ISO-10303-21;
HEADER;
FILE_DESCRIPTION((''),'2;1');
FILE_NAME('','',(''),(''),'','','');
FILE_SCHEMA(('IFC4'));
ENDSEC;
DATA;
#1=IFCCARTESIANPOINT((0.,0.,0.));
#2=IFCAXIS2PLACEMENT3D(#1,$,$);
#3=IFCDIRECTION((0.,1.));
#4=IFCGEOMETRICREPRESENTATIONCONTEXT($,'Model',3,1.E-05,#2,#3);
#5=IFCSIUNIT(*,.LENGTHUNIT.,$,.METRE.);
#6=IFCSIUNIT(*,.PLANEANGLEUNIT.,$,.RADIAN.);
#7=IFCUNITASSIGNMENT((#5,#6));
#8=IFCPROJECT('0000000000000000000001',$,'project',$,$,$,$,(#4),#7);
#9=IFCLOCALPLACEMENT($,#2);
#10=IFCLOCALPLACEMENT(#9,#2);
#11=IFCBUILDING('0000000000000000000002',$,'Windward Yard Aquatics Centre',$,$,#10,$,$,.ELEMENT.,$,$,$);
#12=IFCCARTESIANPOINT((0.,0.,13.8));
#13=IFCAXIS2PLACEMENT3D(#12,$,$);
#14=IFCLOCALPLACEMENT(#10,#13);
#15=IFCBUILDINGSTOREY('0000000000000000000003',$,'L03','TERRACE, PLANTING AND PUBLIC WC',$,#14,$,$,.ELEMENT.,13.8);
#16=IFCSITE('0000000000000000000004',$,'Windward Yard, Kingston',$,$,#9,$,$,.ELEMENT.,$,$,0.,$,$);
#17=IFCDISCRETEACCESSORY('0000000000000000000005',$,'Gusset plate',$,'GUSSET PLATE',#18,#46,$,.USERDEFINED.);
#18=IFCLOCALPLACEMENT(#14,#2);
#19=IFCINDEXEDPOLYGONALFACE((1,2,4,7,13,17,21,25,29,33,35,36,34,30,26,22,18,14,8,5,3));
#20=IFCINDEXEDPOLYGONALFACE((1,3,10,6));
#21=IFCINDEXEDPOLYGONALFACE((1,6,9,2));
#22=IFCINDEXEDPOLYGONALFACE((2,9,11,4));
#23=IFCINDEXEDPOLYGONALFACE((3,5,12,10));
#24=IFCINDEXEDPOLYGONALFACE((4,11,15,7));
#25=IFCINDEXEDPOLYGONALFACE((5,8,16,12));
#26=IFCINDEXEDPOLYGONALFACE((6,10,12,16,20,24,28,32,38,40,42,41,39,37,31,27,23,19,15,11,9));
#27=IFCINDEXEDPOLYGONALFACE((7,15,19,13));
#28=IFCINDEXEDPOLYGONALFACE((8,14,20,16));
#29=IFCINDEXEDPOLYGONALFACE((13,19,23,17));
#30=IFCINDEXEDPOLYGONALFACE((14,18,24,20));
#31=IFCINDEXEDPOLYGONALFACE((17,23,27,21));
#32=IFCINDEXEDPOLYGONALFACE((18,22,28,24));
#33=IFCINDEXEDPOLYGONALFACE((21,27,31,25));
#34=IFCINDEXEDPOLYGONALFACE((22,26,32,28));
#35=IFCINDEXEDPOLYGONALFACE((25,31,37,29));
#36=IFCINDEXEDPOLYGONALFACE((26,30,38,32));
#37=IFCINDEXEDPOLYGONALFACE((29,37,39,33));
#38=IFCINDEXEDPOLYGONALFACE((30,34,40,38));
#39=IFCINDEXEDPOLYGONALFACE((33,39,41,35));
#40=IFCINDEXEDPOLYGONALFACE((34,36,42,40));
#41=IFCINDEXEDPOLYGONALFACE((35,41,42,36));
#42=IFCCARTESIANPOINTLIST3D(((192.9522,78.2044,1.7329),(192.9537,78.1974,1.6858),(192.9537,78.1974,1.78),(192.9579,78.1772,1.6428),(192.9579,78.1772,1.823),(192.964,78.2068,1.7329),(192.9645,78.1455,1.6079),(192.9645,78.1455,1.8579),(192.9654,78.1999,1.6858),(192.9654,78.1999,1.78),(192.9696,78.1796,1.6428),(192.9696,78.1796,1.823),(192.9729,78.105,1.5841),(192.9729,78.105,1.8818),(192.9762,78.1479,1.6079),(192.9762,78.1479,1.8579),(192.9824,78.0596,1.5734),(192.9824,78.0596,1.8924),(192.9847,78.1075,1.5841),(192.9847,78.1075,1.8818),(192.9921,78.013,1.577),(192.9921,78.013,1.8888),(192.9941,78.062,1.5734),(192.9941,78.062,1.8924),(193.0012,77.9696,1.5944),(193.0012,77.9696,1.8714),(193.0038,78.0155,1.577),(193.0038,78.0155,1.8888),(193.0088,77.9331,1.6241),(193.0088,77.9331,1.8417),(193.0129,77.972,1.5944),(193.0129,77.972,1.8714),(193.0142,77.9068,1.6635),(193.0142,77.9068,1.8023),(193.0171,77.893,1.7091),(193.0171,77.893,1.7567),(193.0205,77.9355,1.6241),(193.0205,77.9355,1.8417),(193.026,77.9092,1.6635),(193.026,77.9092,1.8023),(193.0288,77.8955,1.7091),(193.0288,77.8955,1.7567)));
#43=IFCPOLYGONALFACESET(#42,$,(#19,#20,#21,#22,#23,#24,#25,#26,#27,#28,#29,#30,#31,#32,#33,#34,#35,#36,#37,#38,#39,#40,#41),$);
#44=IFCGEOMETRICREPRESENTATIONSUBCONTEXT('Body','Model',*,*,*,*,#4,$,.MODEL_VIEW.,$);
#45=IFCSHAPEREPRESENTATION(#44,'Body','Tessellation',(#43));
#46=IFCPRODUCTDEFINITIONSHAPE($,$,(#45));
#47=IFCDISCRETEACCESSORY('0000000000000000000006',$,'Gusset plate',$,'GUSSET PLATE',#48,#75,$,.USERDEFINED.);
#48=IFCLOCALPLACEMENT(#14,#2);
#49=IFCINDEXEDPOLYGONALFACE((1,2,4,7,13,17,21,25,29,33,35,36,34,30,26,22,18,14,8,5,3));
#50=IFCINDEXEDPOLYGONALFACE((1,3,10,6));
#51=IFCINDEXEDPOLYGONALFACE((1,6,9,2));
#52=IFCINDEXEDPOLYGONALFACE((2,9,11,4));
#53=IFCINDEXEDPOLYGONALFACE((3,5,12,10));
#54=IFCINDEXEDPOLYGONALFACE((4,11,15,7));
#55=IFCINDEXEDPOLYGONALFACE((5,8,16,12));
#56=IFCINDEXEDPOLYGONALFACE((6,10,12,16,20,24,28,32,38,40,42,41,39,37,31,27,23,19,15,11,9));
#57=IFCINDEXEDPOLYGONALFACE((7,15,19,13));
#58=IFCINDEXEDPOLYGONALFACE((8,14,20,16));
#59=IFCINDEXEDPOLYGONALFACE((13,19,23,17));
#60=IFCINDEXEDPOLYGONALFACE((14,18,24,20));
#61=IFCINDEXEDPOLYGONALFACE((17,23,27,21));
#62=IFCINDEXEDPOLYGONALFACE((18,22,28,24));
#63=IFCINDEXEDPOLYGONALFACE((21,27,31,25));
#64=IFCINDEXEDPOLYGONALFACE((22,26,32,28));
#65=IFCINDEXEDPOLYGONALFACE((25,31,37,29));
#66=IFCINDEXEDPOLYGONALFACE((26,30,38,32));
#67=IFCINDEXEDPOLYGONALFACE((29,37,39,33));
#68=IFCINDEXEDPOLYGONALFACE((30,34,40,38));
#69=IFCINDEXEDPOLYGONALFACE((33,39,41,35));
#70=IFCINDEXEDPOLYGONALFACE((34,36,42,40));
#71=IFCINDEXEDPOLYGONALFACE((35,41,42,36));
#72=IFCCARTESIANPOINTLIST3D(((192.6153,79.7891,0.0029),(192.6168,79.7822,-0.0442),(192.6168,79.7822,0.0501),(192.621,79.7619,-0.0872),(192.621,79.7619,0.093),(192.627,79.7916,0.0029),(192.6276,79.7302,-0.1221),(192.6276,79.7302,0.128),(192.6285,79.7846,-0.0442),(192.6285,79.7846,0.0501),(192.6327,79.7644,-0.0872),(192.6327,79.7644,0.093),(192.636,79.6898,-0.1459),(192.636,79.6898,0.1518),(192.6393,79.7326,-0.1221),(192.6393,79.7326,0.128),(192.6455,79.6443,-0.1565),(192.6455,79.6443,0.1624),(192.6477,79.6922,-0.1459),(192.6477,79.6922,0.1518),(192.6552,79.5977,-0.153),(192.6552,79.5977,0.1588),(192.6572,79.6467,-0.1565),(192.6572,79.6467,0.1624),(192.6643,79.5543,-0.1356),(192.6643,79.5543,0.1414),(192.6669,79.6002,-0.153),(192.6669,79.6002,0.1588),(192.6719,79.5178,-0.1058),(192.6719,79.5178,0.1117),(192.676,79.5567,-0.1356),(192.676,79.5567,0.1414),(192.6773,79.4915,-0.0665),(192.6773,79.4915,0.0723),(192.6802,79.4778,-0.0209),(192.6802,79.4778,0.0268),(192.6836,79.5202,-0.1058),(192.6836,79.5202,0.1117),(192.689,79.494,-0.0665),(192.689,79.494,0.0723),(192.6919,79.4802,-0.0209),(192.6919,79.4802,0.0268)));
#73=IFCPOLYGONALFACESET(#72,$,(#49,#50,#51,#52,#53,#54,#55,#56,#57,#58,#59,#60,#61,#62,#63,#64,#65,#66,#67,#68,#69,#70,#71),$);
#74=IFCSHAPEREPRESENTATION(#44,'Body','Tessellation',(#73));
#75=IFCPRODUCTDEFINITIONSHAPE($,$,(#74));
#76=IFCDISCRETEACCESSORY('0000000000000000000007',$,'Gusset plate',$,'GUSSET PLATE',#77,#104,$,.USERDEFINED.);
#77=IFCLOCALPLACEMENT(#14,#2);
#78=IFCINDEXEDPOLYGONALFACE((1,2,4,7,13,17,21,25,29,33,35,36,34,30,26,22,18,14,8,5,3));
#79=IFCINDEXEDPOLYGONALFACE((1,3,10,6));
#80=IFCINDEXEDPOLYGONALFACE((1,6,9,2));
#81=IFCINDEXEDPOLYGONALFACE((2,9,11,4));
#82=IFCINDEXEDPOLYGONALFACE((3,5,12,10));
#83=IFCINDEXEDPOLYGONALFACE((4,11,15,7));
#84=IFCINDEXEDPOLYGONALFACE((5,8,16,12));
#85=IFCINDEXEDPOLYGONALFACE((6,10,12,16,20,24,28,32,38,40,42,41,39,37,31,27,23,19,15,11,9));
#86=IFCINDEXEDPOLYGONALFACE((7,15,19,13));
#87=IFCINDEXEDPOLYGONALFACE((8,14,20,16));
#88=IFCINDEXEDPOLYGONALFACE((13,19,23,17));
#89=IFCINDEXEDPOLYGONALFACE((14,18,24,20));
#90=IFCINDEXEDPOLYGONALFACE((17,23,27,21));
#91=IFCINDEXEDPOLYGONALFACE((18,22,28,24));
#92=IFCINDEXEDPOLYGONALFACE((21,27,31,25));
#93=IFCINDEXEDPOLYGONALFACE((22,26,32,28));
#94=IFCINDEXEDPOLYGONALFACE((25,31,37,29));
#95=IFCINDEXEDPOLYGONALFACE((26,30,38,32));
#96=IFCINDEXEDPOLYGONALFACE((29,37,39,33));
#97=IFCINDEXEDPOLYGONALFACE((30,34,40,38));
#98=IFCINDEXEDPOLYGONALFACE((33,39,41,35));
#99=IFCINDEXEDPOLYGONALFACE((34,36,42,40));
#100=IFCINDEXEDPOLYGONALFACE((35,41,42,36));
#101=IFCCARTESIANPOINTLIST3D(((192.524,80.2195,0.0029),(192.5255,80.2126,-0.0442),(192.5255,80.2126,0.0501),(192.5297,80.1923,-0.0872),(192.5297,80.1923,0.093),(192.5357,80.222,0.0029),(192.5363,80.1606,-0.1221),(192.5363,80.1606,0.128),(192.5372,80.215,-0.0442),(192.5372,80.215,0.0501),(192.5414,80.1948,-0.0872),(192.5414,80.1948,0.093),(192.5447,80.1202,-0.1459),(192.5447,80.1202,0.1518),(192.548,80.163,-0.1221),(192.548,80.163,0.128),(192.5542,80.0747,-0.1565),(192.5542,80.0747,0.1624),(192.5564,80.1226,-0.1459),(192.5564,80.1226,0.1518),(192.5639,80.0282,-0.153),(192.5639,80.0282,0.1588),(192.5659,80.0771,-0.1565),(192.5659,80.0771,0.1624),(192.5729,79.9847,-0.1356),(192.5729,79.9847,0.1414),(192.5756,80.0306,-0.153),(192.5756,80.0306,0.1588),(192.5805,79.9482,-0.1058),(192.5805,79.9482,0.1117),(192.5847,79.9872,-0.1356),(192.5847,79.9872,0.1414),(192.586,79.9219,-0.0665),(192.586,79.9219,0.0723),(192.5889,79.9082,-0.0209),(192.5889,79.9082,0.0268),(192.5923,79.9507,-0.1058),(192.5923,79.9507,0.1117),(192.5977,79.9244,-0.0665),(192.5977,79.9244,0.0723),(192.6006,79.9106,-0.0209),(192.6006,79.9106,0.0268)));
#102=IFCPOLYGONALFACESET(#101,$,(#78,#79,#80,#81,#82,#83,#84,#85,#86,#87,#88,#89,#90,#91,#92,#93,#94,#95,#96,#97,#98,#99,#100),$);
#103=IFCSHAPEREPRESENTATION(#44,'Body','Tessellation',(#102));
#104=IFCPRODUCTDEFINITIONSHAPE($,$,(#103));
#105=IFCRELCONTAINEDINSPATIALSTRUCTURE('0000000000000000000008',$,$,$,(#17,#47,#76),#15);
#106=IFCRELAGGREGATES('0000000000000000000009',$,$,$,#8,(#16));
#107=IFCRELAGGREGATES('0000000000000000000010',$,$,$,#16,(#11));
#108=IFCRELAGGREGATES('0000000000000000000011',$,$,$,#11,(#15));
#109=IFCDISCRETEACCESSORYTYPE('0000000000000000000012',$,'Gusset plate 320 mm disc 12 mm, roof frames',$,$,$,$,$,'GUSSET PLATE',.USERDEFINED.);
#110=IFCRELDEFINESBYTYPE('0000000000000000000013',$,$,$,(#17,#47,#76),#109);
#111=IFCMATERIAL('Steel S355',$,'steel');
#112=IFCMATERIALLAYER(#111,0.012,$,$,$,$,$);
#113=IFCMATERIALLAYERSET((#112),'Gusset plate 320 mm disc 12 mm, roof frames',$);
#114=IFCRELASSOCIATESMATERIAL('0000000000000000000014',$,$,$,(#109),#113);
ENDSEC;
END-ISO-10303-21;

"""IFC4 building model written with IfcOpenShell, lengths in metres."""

from ifc_helpers import new_model, si_unit, direction, frame, origin, origin_2d, place, context, subcontext, project, spatial, circle, extrude, material, layer, layer_set, type_object, element, save


model = new_model("IFC4")

# Units and contexts
model_context = context("Model", 3, precision=1e-05, world=origin(), true_north=direction((0.0, 1.0)))
body_context = subcontext(model_context, "Body", "Model", "MODEL_VIEW")
ifc_project = project(units=[si_unit("LENGTHUNIT", "METRE"), si_unit("PLANEANGLEUNIT", "RADIAN")], contexts=[model_context])

# Site, building, storey
site_placement = place(None, origin())
site = spatial("IfcSite", under=ifc_project, at=site_placement, Name="Windward Yard, Kingston", CompositionType="ELEMENT", RefElevation=0.0)
building_placement = place(site_placement, origin())
building = spatial("IfcBuilding", under=site, at=building_placement, Name="Windward Yard Aquatics Centre", CompositionType="ELEMENT")
storey_placement = place(building_placement, frame((0.0, 0.0, 13.8)))
storey = spatial("IfcBuildingStorey", under=building, at=storey_placement, Name="L03", Description="TERRACE, PLANTING AND PUBLIC WC", CompositionType="ELEMENT", Elevation=13.8)

# Discrete accessories
ifc_material_1 = material(Name="Steel S355", Category="steel")
ifc_layer_1 = layer(ifc_material_1, 0.012)
ifc_layer_set_1 = layer_set([ifc_layer_1], Name="Gusset plate 320 mm disc 12 mm, roof frames")
discrete_accessory_type_1 = type_object("IfcDiscreteAccessoryType", Name="Gusset plate 320 mm disc 12 mm, roof frames", ElementType="GUSSET PLATE", PredefinedType="USERDEFINED", material=ifc_layer_set_1)
for number, where, z_axis, x_axis, name in (
    (1, (192.9849, 78.0479, 1.7329), (0.97898, 0.203954, 0.0), (-0.203954, 0.97898, 0.0), "Gusset plate"),
    (2, (192.6479, 79.6326, 0.0029), (0.97898, 0.203954, 0.0), (-0.203954, 0.97898, 0.0), "Gusset plate"),
    (3, (192.5566, 80.063, 0.0029), (0.97898, 0.203954, 0.0), (-0.203954, 0.97898, 0.0), "Gusset plate"),
):
    element("IfcDiscreteAccessory", number, at=place(storey_placement, frame(where, z_axis=z_axis, x_axis=x_axis)), inside=storey, type_object=discrete_accessory_type_1, Name=name, ObjectType="GUSSET PLATE", PredefinedType="USERDEFINED", context=body_context, shape_type="SweptSolid", body=[
        extrude(circle(Radius=0.1599, at=origin_2d()), origin(), (0.0, 0.0, 1.0), 0.012),
    ])

save(model, "model.ifc")
